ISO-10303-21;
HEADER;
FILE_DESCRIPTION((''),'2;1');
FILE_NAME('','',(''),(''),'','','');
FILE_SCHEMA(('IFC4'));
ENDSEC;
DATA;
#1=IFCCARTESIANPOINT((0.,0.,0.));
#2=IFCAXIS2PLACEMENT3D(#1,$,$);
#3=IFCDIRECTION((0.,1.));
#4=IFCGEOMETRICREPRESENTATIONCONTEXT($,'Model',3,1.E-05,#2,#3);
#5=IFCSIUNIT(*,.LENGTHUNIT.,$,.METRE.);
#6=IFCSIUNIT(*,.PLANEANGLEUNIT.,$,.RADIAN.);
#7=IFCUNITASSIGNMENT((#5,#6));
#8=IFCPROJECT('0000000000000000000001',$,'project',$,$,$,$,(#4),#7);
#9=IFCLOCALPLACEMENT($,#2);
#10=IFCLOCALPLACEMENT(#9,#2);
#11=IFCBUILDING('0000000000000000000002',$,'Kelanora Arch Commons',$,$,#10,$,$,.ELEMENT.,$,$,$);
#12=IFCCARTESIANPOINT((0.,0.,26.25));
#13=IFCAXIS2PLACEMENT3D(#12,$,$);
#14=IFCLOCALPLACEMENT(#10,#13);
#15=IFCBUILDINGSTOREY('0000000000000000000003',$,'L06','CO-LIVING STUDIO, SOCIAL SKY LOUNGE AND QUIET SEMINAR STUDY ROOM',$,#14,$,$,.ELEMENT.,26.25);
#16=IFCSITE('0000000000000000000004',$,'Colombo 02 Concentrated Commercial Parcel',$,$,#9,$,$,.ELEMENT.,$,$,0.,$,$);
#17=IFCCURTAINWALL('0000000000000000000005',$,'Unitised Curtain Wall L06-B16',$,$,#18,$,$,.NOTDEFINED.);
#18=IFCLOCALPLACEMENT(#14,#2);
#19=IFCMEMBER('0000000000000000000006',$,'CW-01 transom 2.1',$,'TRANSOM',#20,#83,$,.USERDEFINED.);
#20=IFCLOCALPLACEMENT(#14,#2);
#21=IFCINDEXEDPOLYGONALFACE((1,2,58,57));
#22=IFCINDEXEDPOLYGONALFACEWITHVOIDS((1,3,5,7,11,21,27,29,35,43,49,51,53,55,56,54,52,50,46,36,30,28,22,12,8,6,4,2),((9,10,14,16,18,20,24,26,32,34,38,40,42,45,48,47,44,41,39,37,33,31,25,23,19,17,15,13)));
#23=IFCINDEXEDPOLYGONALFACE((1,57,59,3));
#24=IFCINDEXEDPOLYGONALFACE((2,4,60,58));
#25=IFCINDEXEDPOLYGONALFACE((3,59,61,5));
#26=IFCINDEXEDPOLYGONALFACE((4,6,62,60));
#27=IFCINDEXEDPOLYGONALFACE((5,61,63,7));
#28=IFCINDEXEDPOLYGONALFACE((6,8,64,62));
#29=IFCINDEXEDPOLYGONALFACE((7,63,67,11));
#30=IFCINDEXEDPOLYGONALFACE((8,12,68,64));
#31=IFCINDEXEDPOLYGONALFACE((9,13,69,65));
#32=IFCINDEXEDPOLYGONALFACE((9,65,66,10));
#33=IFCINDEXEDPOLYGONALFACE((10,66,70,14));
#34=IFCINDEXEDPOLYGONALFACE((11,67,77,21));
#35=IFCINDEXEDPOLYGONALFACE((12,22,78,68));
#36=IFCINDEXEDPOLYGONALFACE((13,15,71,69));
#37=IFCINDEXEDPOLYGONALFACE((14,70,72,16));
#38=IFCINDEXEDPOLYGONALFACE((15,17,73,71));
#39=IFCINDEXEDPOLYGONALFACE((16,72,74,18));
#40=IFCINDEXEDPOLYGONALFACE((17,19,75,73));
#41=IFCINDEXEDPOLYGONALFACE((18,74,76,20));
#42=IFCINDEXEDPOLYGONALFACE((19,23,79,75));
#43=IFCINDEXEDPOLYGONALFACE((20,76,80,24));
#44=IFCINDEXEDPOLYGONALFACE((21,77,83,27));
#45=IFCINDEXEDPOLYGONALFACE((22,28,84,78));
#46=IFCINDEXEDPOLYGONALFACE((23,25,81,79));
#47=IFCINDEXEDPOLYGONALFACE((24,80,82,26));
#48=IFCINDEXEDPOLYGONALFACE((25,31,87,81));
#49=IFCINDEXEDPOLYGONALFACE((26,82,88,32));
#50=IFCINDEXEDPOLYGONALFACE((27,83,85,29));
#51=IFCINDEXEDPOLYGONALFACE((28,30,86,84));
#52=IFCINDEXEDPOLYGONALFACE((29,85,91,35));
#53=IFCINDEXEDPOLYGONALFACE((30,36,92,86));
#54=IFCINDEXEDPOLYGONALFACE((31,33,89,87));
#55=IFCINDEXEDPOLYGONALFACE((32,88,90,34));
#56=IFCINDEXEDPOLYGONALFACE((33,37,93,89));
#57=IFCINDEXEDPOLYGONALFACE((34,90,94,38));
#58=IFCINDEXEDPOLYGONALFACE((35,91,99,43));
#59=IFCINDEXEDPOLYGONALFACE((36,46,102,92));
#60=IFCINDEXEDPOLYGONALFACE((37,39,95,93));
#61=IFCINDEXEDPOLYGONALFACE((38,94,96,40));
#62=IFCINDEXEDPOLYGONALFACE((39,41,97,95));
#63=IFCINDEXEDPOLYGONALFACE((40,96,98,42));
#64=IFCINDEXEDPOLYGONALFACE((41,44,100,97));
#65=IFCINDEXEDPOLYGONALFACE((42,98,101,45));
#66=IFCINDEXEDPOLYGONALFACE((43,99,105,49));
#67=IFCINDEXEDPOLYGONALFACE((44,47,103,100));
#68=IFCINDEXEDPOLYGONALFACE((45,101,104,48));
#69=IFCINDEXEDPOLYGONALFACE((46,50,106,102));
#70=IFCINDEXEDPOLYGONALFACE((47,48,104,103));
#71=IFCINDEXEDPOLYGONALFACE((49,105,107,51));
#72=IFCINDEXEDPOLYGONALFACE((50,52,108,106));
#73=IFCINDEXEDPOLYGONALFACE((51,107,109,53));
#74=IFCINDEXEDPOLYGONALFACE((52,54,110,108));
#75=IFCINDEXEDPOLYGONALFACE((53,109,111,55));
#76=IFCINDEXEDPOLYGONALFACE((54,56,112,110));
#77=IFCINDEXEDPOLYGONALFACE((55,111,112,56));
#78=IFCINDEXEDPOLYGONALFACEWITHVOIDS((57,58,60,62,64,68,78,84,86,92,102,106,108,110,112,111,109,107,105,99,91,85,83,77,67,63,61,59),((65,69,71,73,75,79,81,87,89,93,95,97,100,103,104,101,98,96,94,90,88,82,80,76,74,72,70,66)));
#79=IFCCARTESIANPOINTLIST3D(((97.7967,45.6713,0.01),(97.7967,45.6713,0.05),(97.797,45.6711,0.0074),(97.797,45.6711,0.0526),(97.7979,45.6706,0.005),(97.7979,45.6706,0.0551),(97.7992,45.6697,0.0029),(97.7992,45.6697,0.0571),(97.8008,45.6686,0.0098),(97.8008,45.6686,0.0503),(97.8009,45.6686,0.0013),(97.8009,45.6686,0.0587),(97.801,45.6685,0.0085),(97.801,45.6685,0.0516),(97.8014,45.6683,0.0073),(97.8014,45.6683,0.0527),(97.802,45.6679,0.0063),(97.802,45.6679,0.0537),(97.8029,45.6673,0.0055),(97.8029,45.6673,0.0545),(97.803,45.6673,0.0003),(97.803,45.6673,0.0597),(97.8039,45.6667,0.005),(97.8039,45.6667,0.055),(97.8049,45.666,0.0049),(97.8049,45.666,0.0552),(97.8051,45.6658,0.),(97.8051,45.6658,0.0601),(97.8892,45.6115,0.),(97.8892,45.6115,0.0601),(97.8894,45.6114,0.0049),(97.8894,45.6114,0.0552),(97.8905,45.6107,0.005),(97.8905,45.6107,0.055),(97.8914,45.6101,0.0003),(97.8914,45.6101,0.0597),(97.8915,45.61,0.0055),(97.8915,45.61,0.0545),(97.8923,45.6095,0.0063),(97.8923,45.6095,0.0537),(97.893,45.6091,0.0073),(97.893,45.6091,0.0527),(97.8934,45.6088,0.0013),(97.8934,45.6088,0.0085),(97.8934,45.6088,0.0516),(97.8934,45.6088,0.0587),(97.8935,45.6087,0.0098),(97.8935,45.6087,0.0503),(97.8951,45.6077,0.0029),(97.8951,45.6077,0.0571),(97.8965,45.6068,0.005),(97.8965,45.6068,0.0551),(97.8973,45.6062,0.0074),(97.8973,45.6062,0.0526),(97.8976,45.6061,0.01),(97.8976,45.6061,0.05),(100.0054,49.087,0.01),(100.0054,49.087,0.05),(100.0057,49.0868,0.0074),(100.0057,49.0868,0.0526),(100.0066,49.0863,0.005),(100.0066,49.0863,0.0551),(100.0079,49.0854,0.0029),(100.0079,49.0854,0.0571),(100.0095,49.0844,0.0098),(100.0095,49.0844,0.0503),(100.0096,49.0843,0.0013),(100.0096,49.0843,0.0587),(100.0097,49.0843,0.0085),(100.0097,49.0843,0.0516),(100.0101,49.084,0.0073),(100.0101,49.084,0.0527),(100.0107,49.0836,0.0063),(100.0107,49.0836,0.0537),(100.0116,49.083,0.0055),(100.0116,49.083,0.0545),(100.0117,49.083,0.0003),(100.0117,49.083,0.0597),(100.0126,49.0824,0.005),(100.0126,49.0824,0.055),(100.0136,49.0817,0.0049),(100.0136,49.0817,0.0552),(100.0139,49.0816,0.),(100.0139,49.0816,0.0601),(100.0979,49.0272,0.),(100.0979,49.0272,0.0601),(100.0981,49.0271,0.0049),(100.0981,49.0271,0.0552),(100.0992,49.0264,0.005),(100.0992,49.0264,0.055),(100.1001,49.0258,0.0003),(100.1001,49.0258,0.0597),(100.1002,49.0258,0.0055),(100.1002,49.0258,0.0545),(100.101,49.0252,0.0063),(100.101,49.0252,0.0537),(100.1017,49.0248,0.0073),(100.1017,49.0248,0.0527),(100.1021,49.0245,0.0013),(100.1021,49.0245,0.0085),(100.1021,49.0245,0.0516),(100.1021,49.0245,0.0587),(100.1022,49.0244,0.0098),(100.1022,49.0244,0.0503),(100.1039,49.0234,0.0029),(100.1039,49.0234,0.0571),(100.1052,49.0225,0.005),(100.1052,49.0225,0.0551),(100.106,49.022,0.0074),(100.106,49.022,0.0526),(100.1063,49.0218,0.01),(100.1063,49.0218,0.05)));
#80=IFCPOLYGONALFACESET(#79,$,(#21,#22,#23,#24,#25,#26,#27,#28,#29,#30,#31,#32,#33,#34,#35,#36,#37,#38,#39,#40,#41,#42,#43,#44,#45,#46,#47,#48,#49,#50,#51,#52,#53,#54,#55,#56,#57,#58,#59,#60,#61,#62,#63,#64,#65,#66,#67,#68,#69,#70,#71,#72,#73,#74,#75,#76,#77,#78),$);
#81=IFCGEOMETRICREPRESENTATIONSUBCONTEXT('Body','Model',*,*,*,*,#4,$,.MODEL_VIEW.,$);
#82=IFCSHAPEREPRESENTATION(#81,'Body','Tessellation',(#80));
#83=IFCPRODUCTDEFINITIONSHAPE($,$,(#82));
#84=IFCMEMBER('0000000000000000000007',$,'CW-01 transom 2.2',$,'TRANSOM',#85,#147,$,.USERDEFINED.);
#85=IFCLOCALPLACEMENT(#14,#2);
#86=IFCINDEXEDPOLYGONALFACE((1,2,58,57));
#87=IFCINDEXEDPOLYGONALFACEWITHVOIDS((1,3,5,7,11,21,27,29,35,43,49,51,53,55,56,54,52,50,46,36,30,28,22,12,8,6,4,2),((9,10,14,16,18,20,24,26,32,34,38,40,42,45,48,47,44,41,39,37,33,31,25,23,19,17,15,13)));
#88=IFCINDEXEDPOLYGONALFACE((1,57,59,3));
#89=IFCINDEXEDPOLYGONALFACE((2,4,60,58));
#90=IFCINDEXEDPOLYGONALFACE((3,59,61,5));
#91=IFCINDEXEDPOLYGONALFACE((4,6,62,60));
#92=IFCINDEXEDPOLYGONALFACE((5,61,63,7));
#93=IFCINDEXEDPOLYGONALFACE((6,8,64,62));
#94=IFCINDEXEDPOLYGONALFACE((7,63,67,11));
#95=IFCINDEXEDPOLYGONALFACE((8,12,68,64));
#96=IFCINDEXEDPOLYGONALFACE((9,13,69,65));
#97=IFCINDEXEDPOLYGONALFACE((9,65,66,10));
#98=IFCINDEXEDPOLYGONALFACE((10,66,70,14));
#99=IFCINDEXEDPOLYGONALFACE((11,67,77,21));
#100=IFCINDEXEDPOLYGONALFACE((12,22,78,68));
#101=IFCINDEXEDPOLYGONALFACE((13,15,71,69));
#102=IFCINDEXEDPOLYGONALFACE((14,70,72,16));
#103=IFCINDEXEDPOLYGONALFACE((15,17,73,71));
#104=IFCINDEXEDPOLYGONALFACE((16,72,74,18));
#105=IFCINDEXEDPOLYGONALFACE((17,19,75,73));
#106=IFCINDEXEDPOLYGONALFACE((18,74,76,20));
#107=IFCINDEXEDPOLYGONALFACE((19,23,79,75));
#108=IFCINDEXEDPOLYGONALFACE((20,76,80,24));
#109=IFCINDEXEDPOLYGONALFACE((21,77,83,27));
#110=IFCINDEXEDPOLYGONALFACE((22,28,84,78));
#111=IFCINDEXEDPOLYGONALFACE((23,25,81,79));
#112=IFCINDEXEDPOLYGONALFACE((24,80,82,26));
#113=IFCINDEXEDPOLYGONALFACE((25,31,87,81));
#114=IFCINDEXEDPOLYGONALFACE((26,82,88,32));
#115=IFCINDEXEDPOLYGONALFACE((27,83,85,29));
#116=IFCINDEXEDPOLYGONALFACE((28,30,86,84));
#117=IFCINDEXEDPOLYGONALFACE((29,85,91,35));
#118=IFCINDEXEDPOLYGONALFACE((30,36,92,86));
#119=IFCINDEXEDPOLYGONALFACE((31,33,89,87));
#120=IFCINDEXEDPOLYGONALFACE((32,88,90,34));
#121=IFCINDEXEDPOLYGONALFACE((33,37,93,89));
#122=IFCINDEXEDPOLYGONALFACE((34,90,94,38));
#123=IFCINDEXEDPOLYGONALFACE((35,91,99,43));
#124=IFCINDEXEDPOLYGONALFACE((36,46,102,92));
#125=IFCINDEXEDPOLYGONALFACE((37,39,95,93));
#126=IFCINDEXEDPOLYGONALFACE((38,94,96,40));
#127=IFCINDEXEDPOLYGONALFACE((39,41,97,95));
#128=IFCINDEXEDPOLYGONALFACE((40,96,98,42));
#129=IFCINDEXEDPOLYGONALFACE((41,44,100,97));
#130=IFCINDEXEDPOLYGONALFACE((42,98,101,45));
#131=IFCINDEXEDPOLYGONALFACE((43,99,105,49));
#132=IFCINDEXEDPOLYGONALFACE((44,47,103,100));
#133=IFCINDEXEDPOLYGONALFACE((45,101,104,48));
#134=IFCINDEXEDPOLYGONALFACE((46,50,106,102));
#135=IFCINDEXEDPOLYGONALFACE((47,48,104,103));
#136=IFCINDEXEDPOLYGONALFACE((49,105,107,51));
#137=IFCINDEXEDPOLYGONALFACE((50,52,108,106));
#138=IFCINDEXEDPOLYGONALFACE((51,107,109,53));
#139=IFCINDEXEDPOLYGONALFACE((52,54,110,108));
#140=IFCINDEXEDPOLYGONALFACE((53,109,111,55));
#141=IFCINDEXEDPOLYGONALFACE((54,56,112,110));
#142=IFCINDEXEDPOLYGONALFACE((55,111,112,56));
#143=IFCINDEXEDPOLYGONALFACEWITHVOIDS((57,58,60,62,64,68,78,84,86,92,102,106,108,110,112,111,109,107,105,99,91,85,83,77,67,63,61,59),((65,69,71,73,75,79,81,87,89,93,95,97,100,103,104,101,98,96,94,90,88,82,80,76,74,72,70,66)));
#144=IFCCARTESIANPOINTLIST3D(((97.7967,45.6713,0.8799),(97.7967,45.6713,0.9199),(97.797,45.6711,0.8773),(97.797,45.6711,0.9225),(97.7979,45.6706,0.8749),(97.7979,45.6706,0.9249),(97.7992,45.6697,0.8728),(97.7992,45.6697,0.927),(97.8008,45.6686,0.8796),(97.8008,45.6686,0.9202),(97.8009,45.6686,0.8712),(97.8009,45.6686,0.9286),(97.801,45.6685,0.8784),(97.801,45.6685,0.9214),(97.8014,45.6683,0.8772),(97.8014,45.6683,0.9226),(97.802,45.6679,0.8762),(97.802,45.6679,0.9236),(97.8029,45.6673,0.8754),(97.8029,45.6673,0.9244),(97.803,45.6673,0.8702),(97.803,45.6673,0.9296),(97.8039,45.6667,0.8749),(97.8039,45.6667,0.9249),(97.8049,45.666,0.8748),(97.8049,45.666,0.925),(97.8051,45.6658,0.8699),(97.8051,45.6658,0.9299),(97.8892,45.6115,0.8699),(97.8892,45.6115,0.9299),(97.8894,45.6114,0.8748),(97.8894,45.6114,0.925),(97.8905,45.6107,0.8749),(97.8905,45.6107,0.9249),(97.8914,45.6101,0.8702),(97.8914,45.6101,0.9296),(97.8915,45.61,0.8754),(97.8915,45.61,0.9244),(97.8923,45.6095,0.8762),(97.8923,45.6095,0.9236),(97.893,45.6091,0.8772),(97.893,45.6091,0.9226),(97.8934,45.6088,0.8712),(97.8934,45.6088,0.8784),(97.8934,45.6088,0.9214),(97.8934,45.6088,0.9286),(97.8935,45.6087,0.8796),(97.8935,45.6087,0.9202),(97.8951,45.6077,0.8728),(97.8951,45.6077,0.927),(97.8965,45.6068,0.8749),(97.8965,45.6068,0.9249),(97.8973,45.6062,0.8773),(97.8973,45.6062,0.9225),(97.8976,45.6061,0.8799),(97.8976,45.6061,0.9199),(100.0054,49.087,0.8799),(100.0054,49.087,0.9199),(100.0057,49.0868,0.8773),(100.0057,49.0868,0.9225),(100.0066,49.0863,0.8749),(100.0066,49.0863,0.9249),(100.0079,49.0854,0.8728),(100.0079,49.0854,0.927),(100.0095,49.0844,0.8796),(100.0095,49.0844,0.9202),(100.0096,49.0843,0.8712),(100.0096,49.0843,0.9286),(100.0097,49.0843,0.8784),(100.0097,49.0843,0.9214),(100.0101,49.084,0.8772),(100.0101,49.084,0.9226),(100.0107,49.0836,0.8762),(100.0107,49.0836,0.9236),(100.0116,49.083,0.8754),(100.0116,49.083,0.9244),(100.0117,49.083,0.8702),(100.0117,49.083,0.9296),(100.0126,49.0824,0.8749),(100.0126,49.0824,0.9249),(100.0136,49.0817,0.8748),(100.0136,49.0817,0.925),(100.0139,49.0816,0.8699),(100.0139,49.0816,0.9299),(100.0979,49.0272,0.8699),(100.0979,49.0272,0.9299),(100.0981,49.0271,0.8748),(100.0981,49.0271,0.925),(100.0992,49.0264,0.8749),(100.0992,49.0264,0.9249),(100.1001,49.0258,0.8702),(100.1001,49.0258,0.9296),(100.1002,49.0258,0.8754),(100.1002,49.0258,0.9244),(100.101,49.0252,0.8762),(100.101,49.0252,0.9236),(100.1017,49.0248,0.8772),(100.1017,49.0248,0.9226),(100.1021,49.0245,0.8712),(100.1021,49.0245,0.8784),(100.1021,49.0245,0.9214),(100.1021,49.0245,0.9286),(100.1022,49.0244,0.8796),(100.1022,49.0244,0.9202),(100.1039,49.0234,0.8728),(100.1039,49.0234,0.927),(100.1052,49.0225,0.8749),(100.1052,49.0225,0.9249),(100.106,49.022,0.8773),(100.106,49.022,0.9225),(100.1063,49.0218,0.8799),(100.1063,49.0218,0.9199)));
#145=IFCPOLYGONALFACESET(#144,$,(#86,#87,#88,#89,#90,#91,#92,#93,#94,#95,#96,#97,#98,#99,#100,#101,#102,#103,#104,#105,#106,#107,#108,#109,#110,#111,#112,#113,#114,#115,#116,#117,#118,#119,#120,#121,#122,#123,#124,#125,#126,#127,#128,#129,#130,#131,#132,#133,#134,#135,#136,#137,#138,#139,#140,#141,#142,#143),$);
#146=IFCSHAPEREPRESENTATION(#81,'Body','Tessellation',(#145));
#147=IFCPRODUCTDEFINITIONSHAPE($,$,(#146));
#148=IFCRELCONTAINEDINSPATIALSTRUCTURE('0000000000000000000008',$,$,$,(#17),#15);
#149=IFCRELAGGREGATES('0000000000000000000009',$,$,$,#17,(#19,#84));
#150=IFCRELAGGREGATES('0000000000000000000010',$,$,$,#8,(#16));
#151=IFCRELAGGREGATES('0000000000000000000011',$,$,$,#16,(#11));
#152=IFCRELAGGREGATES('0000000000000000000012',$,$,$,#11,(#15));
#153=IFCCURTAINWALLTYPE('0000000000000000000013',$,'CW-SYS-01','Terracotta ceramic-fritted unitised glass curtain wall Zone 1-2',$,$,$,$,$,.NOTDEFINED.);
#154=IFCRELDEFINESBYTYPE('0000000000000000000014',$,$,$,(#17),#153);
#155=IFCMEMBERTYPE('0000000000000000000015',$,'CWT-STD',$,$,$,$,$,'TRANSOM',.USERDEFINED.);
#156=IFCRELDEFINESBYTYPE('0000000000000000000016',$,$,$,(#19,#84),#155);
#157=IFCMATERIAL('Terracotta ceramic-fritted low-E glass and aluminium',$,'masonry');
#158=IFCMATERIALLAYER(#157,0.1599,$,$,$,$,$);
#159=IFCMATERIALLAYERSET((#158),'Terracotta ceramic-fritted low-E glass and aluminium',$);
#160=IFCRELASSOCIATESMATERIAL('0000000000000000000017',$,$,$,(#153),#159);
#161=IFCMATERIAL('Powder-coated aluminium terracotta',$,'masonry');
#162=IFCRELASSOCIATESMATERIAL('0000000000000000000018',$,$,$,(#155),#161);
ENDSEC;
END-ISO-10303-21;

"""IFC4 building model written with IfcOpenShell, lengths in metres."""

from ifc_helpers import new_model, si_unit, direction, frame, origin, origin_2d, place, context, subcontext, project, spatial, hollow_rectangle, extrude, material, layer, layer_set, material_profile, profile_set, type_object, element, aggregate, save


model = new_model("IFC4")

# Units and contexts
model_context = context("Model", 3, precision=1e-05, world=origin(), true_north=direction((0.0, 1.0)))
body_context = subcontext(model_context, "Body", "Model", "MODEL_VIEW")
ifc_project = project(units=[si_unit("LENGTHUNIT", "METRE"), si_unit("PLANEANGLEUNIT", "RADIAN")], contexts=[model_context])

# Site, building, storey
site_placement = place(None, origin())
site = spatial("IfcSite", under=ifc_project, at=site_placement, Name="Colombo 02 Concentrated Commercial Parcel", CompositionType="ELEMENT", RefElevation=0.0)
building_placement = place(site_placement, origin())
building = spatial("IfcBuilding", under=site, at=building_placement, Name="Kelanora Arch Commons", CompositionType="ELEMENT")
storey_placement = place(building_placement, frame((0.0, 0.0, 26.25)))
storey = spatial("IfcBuildingStorey", under=building, at=storey_placement, Name="L06", Description="CO-LIVING STUDIO, SOCIAL SKY LOUNGE AND QUIET SEMINAR STUDY ROOM", CompositionType="ELEMENT", Elevation=26.25)

# Shared definitions
ifc_material_1 = material(Name="Terracotta ceramic-fritted low-E glass and aluminium", Category="masonry")
ifc_layer_1 = layer(ifc_material_1, 0.1599)
ifc_layer_set_1 = layer_set([ifc_layer_1], Name="Terracotta ceramic-fritted low-E glass and aluminium")
curtain_wall_type = type_object("IfcCurtainWallType", Name="CW-SYS-01", Description="Terracotta ceramic-fritted unitised glass curtain wall Zone 1-2", PredefinedType="NOTDEFINED", material=ifc_layer_set_1)
ifc_material_2 = material(Name="Powder-coated aluminium terracotta", Category="masonry")

# Curtain wall, members
curtain_wall_1_placement = place(storey_placement, origin())
curtain_wall_1 = element("IfcCurtainWall", 1, at=curtain_wall_1_placement, inside=storey, type_object=curtain_wall_type, Name="Unitised Curtain Wall L06-B16", PredefinedType="NOTDEFINED")
ifc_material_profile_1 = material_profile(ifc_material_2, hollow_rectangle(XDim=0.1201, YDim=0.0601, WallThickness=0.0049, InnerFilletRadius=0.0049, OuterFilletRadius=0.01, at=origin_2d()), Name="CWT120x60")
ifc_profile_set_1 = profile_set([ifc_material_profile_1], Name="Powder-coated aluminium terracotta")
member_type_1 = type_object("IfcMemberType", Name="CWT-STD", ElementType="TRANSOM", PredefinedType="USERDEFINED", material=ifc_profile_set_1)
member_1_placement = place(storey_placement, frame((97.8472, 45.6387, 0.03), z_axis=(0.542997, 0.839734, 0.0), x_axis=(-0.839734, 0.542997, 0.0)))
member_1 = element("IfcMember", 2, at=member_1_placement, type_object=member_type_1, Name="CW-01 transom 2.1", ObjectType="TRANSOM", PredefinedType="USERDEFINED", context=body_context, shape_type="SweptSolid", body=[
    extrude(hollow_rectangle(XDim=0.1201, YDim=0.0601, WallThickness=0.0049, InnerFilletRadius=0.0049, OuterFilletRadius=0.01, at=origin_2d()), origin(), (0.0, 0.0, 1.0), 4.0676),
])
member_2_placement = place(storey_placement, frame((97.8472, 45.6387, 0.8999), z_axis=(0.542997, 0.839734, 0.0), x_axis=(-0.839734, 0.542997, 0.0)))
member_2 = element("IfcMember", 3, at=member_2_placement, type_object=member_type_1, Name="CW-01 transom 2.2", ObjectType="TRANSOM", PredefinedType="USERDEFINED", context=body_context, shape_type="SweptSolid", body=[
    extrude(hollow_rectangle(XDim=0.1201, YDim=0.0601, WallThickness=0.0049, InnerFilletRadius=0.0049, OuterFilletRadius=0.01, at=origin_2d()), origin(), (0.0, 0.0, 1.0), 4.0676),
])

aggregate(curtain_wall_1, [member_1, member_2])

save(model, "model.ifc")
